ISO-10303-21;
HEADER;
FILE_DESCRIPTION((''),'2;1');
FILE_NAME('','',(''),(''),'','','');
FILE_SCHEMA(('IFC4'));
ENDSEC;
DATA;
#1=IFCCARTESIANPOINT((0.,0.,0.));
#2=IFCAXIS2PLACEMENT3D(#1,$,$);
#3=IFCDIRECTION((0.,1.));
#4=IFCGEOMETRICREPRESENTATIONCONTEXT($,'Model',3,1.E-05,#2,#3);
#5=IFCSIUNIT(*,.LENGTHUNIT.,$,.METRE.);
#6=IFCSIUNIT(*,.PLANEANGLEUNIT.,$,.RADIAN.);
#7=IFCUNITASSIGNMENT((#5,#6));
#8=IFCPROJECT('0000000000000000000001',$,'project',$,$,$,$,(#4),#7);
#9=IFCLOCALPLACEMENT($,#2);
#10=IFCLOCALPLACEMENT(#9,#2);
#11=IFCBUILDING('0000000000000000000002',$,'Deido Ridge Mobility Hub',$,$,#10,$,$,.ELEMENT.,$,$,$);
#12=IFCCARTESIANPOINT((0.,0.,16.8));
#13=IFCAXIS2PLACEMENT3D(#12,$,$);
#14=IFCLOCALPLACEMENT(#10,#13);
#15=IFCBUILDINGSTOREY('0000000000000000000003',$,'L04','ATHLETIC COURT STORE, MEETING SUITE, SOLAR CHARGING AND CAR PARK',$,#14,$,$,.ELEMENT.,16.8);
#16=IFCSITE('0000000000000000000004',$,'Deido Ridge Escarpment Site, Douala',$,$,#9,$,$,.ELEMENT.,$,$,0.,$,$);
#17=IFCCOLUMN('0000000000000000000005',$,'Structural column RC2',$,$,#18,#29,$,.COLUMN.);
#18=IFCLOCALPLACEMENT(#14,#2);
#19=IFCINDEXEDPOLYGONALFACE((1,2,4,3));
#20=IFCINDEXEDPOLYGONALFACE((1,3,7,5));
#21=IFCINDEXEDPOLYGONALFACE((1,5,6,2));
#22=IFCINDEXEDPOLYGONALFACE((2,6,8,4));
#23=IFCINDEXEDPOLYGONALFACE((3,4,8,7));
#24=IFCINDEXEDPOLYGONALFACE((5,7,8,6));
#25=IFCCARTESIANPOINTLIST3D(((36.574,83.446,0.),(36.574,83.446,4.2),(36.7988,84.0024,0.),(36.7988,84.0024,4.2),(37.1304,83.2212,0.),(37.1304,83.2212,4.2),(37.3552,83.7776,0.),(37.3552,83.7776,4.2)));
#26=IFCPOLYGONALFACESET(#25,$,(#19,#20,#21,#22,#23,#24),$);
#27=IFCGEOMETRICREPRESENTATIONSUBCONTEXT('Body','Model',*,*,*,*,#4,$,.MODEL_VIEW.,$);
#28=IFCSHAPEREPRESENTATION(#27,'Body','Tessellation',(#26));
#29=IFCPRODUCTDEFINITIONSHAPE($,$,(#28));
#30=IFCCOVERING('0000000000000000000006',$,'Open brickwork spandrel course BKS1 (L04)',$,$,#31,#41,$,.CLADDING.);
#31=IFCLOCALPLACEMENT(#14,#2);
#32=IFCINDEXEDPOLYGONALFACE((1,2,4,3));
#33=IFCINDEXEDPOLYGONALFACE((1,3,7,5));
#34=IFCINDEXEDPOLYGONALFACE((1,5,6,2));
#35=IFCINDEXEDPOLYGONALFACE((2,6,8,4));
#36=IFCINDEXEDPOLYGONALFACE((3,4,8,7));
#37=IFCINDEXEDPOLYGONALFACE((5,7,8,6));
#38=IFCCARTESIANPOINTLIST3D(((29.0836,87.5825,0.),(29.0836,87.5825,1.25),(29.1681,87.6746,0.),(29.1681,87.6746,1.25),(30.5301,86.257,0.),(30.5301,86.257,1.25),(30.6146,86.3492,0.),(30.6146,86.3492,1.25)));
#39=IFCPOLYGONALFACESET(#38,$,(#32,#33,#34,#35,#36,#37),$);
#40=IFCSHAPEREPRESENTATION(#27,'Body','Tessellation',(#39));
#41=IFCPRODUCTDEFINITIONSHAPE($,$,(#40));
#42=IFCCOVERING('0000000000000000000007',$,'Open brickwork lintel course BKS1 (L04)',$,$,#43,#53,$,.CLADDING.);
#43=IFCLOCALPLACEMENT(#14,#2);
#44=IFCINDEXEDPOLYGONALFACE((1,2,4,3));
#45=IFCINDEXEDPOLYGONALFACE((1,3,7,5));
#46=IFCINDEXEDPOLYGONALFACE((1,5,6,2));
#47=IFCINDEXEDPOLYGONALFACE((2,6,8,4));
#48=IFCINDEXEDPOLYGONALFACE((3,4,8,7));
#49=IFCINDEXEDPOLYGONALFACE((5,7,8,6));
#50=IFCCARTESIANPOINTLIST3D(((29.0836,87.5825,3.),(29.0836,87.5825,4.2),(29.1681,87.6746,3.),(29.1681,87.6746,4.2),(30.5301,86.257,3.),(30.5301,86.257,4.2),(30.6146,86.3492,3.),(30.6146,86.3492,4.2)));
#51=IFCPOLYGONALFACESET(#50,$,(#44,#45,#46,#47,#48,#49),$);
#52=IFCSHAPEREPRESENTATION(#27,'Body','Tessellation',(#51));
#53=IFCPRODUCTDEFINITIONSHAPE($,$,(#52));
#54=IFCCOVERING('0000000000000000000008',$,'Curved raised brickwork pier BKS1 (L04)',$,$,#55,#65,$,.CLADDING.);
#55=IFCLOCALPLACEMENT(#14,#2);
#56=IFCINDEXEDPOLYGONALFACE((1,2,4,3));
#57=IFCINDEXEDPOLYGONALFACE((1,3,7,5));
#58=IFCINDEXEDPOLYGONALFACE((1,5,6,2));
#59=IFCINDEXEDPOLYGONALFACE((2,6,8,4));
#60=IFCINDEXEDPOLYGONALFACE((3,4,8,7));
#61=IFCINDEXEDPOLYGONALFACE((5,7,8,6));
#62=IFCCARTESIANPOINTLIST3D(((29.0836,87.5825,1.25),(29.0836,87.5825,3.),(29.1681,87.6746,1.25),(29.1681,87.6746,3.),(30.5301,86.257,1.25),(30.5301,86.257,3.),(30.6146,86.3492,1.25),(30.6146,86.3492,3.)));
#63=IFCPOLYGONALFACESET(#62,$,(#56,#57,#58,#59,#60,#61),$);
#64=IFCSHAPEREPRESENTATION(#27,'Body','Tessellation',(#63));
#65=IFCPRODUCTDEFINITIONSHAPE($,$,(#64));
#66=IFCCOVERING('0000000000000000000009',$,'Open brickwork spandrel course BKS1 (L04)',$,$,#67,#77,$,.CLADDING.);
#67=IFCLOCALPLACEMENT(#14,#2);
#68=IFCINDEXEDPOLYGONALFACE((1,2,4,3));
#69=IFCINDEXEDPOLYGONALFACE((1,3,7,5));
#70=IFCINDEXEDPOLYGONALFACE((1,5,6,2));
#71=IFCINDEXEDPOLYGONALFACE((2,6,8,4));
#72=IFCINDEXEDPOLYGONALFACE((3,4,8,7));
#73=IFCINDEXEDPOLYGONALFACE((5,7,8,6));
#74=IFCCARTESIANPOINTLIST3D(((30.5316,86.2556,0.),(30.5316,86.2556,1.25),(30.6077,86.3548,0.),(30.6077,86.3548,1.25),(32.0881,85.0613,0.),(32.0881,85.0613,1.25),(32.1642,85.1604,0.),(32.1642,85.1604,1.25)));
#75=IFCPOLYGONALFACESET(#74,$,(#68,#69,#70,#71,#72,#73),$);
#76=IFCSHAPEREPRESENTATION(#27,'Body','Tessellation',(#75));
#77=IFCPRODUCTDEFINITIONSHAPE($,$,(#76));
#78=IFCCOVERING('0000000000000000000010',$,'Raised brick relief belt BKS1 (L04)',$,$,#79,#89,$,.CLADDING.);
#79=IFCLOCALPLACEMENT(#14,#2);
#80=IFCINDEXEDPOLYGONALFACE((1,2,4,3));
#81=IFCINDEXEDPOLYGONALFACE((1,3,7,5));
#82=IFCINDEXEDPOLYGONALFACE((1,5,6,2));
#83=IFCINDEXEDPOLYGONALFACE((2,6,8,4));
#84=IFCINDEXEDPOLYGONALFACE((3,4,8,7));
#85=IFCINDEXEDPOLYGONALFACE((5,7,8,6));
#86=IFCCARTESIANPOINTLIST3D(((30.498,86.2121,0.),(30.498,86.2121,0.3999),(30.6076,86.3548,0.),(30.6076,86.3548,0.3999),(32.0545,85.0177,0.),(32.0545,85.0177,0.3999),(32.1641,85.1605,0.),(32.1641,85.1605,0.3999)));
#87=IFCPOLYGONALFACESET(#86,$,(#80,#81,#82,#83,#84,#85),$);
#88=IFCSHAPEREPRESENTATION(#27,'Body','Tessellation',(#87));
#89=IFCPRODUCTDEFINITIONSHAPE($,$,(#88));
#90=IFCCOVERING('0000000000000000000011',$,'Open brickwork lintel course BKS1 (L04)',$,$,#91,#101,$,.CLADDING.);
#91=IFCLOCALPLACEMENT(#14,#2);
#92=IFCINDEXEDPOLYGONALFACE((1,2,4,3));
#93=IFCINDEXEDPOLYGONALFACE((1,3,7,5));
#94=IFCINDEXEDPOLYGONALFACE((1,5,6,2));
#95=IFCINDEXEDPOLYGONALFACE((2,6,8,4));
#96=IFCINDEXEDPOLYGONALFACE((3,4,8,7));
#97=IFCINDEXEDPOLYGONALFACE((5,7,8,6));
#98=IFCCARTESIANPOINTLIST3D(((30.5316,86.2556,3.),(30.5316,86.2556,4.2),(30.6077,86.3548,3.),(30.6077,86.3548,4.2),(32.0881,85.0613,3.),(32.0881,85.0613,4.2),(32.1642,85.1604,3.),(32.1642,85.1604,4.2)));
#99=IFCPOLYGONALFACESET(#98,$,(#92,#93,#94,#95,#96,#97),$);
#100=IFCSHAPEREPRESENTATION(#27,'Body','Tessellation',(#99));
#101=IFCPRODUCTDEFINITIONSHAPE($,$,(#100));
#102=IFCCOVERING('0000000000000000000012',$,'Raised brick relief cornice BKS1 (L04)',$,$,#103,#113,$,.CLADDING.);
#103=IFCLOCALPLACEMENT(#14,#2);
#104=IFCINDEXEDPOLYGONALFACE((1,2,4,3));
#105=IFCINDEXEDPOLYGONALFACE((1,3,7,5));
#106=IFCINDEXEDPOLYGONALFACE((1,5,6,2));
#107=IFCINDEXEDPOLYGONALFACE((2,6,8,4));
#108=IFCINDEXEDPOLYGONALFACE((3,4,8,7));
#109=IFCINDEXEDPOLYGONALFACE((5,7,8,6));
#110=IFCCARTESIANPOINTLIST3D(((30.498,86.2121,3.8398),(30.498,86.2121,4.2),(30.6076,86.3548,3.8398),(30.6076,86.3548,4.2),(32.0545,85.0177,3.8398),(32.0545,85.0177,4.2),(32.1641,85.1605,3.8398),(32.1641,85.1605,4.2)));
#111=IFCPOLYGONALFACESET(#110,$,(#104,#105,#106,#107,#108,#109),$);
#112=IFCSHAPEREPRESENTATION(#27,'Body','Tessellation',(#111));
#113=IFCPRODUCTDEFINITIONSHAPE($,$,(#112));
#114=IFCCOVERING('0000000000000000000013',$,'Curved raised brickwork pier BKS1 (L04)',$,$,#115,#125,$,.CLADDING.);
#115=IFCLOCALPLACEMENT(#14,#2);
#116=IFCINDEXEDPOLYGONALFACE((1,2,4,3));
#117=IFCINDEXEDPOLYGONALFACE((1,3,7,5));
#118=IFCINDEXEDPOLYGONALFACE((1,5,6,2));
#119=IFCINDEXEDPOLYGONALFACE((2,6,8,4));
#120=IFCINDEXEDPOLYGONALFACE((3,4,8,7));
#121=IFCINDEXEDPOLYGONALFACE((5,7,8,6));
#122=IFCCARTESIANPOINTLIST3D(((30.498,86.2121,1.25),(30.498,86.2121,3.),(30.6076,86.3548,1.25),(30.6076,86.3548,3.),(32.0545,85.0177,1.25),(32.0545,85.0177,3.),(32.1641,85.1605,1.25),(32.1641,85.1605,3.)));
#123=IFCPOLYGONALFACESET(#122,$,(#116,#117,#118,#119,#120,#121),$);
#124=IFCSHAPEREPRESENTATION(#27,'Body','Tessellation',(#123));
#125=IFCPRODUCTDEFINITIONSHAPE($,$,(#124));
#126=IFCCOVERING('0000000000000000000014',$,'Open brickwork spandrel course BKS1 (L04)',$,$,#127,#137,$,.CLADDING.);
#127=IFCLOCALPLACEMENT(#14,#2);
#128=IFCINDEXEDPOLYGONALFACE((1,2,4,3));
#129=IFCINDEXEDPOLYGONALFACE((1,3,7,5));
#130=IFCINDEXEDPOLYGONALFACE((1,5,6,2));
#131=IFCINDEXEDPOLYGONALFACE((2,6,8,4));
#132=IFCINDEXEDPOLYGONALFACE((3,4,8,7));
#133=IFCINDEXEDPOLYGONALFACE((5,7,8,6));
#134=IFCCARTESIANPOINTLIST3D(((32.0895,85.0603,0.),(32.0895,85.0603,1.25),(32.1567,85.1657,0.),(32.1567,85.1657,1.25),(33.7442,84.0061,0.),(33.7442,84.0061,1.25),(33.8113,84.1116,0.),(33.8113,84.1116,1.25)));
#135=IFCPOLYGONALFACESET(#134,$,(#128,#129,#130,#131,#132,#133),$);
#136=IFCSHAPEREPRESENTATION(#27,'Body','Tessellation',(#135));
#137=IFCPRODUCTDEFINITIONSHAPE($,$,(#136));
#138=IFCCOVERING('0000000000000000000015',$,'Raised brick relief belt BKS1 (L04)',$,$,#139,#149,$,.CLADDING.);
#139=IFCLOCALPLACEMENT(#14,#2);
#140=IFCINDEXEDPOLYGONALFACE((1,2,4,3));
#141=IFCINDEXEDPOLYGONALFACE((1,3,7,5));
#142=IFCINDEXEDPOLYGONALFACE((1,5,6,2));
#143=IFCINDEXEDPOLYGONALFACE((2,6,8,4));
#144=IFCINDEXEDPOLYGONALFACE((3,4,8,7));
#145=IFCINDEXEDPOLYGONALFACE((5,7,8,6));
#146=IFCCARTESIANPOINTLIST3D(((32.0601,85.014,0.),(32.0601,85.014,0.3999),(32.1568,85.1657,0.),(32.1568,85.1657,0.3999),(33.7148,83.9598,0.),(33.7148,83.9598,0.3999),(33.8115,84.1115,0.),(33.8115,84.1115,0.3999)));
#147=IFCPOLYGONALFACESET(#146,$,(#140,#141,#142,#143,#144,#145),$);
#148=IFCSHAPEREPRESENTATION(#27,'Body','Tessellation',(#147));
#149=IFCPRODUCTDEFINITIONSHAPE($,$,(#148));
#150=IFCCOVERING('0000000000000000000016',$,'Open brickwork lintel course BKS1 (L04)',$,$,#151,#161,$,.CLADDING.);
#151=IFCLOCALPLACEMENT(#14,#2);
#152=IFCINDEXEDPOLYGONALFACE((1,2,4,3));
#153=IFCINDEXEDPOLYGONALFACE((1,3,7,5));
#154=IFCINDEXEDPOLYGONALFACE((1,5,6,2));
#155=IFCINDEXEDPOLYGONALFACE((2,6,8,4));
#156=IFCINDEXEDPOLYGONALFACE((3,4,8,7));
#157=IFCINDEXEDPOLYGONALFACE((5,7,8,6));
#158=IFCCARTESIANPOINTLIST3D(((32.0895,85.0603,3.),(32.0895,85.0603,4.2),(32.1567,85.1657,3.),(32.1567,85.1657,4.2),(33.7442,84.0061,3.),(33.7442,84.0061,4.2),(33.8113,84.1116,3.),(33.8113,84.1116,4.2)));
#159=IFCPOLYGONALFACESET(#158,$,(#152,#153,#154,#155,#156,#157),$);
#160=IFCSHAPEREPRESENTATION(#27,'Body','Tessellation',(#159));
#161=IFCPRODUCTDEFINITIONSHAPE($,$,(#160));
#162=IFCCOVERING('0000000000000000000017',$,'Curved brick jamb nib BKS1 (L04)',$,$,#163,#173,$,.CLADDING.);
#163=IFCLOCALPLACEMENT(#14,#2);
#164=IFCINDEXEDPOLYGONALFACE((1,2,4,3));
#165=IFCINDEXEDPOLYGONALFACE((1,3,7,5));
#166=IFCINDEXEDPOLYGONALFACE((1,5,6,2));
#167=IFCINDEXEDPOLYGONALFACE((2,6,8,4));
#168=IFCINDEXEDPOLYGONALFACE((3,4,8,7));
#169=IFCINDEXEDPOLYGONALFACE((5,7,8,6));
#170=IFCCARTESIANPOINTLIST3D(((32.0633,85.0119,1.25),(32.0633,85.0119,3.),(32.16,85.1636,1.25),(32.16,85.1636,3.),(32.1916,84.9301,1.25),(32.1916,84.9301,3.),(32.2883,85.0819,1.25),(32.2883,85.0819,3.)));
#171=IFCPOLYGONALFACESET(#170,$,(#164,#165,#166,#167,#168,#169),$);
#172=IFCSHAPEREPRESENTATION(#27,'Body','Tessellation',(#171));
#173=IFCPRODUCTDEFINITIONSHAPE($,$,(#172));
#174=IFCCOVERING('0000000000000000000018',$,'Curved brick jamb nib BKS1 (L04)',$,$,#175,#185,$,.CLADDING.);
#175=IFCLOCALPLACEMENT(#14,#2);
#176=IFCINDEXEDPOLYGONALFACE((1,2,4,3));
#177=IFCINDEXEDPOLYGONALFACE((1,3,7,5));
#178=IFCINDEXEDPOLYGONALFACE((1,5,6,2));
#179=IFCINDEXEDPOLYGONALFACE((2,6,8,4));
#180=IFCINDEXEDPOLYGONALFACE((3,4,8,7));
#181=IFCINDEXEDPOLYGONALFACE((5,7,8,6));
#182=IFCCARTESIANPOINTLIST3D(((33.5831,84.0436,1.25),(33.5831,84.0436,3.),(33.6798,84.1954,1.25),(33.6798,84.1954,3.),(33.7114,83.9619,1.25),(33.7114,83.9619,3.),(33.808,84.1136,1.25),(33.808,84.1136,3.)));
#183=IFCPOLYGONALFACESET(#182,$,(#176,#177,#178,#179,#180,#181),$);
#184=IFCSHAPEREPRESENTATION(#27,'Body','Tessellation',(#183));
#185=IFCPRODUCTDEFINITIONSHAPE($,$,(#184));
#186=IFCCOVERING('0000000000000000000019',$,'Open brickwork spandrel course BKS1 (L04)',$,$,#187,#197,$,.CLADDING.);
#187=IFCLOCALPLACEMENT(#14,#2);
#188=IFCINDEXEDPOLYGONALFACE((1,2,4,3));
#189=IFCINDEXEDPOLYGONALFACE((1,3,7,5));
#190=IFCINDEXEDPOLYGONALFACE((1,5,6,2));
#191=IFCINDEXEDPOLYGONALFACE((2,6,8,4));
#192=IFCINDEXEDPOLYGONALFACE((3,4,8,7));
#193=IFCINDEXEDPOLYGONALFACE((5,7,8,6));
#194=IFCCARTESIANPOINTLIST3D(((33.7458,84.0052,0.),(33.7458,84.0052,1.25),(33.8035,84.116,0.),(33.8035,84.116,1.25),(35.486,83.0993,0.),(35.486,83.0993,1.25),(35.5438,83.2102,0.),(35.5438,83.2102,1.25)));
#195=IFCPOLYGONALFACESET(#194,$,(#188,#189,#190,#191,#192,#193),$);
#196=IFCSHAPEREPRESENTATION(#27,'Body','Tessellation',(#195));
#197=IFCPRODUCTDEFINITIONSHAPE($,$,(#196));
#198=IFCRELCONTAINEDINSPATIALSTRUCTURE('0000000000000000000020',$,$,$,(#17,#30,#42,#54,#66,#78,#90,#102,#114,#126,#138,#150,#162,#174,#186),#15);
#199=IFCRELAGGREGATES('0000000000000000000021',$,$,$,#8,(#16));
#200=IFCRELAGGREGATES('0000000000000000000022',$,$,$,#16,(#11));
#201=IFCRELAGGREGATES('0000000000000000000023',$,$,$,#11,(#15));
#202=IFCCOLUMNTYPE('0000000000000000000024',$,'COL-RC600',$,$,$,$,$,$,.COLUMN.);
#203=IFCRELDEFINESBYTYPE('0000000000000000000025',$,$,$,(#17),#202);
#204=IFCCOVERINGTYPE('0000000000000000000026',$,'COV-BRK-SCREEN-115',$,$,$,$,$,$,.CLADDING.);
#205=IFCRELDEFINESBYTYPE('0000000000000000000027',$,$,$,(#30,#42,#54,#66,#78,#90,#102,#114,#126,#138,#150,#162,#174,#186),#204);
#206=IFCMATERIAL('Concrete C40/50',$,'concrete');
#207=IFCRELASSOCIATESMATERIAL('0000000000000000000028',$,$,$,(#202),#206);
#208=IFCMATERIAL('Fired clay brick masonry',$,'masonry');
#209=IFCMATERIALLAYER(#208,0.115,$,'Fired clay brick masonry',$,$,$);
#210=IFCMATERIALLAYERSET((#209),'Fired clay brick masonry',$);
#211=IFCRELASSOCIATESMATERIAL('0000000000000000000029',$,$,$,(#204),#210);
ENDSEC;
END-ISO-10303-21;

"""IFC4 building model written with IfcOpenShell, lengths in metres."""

from ifc_helpers import new_model, si_unit, direction, frame, origin, origin_2d, place, context, subcontext, project, spatial, rectangle, extrude, material, layer, layer_set, material_profile, profile_set, type_object, element, save


model = new_model("IFC4")

# Units and contexts
model_context = context("Model", 3, precision=1e-05, world=origin(), true_north=direction((0.0, 1.0)))
body_context = subcontext(model_context, "Body", "Model", "MODEL_VIEW")
ifc_project = project(units=[si_unit("LENGTHUNIT", "METRE"), si_unit("PLANEANGLEUNIT", "RADIAN")], contexts=[model_context])

# Site, building, storey
site_placement = place(None, origin())
site = spatial("IfcSite", under=ifc_project, at=site_placement, Name="Deido Ridge Escarpment Site, Douala", CompositionType="ELEMENT", RefElevation=0.0)
building_placement = place(site_placement, origin())
building = spatial("IfcBuilding", under=site, at=building_placement, Name="Deido Ridge Mobility Hub", CompositionType="ELEMENT")
storey_placement = place(building_placement, frame((0.0, 0.0, 16.8)))
storey = spatial("IfcBuildingStorey", under=building, at=storey_placement, Name="L04", Description="ATHLETIC COURT STORE, MEETING SUITE, SOLAR CHARGING AND CAR PARK", CompositionType="ELEMENT", Elevation=16.8)

# Column
ifc_material_1 = material(Name="Concrete C40/50", Category="concrete")
ifc_material_profile = material_profile(ifc_material_1, rectangle(XDim=0.6001, YDim=0.6001, at=origin_2d()), Name="RC COL 600x600")
ifc_profile_set = profile_set([ifc_material_profile], Name="Concrete C40/50")
column_type = type_object("IfcColumnType", Name="COL-RC600", PredefinedType="COLUMN", material=ifc_profile_set)
column_placement = place(storey_placement, frame((36.9646, 83.6118, 0.0), z_axis=(0.0, 0.0, 1.0), x_axis=(-0.374607, -0.927184, 0.0)))
element("IfcColumn", 1, at=column_placement, inside=storey, type_object=column_type, Name="Structural column RC2", PredefinedType="COLUMN", context=body_context, shape_type="SweptSolid", body=[
    extrude(rectangle(XDim=0.6001, YDim=0.6001, at=origin_2d()), origin(), (0.0, 0.0, 1.0), 4.2),
])

# Coverings
ifc_material_2 = material(Name="Fired clay brick masonry", Category="masonry")
ifc_layer = layer(ifc_material_2, 0.115, Name="Fired clay brick masonry")
ifc_layer_set = layer_set([ifc_layer], Name="Fired clay brick masonry")
covering_type = type_object("IfcCoveringType", Name="COV-BRK-SCREEN-115", PredefinedType="CLADDING", material=ifc_layer_set)
covering_1_placement = place(storey_placement, frame((29.8491, 86.9658, 0.0), z_axis=(0.0, 0.0, 1.0), x_axis=(0.737289, -0.675577, 0.0)))
element("IfcCovering", 2, at=covering_1_placement, inside=storey, type_object=covering_type, Name="Open brickwork spandrel course BKS1 (L04)", PredefinedType="CLADDING", context=body_context, shape_type="SweptSolid", body=[
    extrude(rectangle(XDim=1.9619, YDim=0.125, at=origin_2d()), origin(), (0.0, 0.0, 1.0), 1.25),
])
covering_2_placement = place(storey_placement, frame((29.8491, 86.9658, 3.0), z_axis=(0.0, 0.0, 1.0), x_axis=(0.737289, -0.675577, 0.0)))
element("IfcCovering", 3, at=covering_2_placement, inside=storey, type_object=covering_type, Name="Open brickwork lintel course BKS1 (L04)", PredefinedType="CLADDING", context=body_context, shape_type="SweptSolid", body=[
    extrude(rectangle(XDim=1.9619, YDim=0.125, at=origin_2d()), origin(), (0.0, 0.0, 1.0), 1.2),
])
covering_3_placement = place(storey_placement, frame((29.8491, 86.9658, 1.25), z_axis=(0.0, 0.0, 1.0), x_axis=(0.737289, -0.675577, 0.0)))
element("IfcCovering", 4, at=covering_3_placement, inside=storey, type_object=covering_type, Name="Curved raised brickwork pier BKS1 (L04)", PredefinedType="CLADDING", context=body_context, shape_type="SweptSolid", body=[
    extrude(rectangle(XDim=1.9619, YDim=0.125, at=origin_2d()), origin(), (0.0, 0.0, 1.0), 1.75),
])
covering_4_placement = place(storey_placement, frame((31.3479, 85.708, 0.0), z_axis=(0.0, 0.0, 1.0), x_axis=(0.793353, -0.608761, 0.0)))
element("IfcCovering", 5, at=covering_4_placement, inside=storey, type_object=covering_type, Name="Open brickwork spandrel course BKS1 (L04)", PredefinedType="CLADDING", context=body_context, shape_type="SweptSolid", body=[
    extrude(rectangle(XDim=1.9619, YDim=0.125, at=origin_2d()), origin(), (0.0, 0.0, 1.0), 1.25),
])
covering_5_placement = place(storey_placement, frame((31.3311, 85.6863, 0.0), z_axis=(0.0, 0.0, 1.0), x_axis=(0.793353, -0.608761, 0.0)))
element("IfcCovering", 6, at=covering_5_placement, inside=storey, type_object=covering_type, Name="Raised brick relief belt BKS1 (L04)", PredefinedType="CLADDING", context=body_context, shape_type="SweptSolid", body=[
    extrude(rectangle(XDim=1.9619, YDim=0.1799, at=origin_2d()), origin(), (0.0, 0.0, 1.0), 0.3999),
])
covering_6_placement = place(storey_placement, frame((31.3479, 85.708, 3.0), z_axis=(0.0, 0.0, 1.0), x_axis=(0.793353, -0.608761, 0.0)))
element("IfcCovering", 7, at=covering_6_placement, inside=storey, type_object=covering_type, Name="Open brickwork lintel course BKS1 (L04)", PredefinedType="CLADDING", context=body_context, shape_type="SweptSolid", body=[
    extrude(rectangle(XDim=1.9619, YDim=0.125, at=origin_2d()), origin(), (0.0, 0.0, 1.0), 1.2),
])
covering_7_placement = place(storey_placement, frame((31.3311, 85.6863, 3.8398), z_axis=(0.0, 0.0, 1.0), x_axis=(0.793353, -0.608761, 0.0)))
element("IfcCovering", 8, at=covering_7_placement, inside=storey, type_object=covering_type, Name="Raised brick relief cornice BKS1 (L04)", PredefinedType="CLADDING", context=body_context, shape_type="SweptSolid", body=[
    extrude(rectangle(XDim=1.9619, YDim=0.1799, at=origin_2d()), origin(), (0.0, 0.0, 1.0), 0.3601),
])
covering_8_placement = place(storey_placement, frame((31.3311, 85.6863, 1.25), z_axis=(0.0, 0.0, 1.0), x_axis=(0.793353, -0.608761, 0.0)))
element("IfcCovering", 9, at=covering_8_placement, inside=storey, type_object=covering_type, Name="Curved raised brickwork pier BKS1 (L04)", PredefinedType="CLADDING", context=body_context, shape_type="SweptSolid", body=[
    extrude(rectangle(XDim=1.9619, YDim=0.1799, at=origin_2d()), origin(), (0.0, 0.0, 1.0), 1.75),
])
covering_9_placement = place(storey_placement, frame((32.9504, 84.5859, 0.0), z_axis=(0.0, 0.0, 1.0), x_axis=(0.843382, -0.537314, 0.0)))
element("IfcCovering", 10, at=covering_9_placement, inside=storey, type_object=covering_type, Name="Open brickwork spandrel course BKS1 (L04)", PredefinedType="CLADDING", context=body_context, shape_type="SweptSolid", body=[
    extrude(rectangle(XDim=1.9619, YDim=0.125, at=origin_2d()), origin(), (0.0, 0.0, 1.0), 1.25),
])
covering_10_placement = place(storey_placement, frame((32.9358, 84.5627, 0.0), z_axis=(0.0, 0.0, 1.0), x_axis=(0.843382, -0.537314, 0.0)))
element("IfcCovering", 11, at=covering_10_placement, inside=storey, type_object=covering_type, Name="Raised brick relief belt BKS1 (L04)", PredefinedType="CLADDING", context=body_context, shape_type="SweptSolid", body=[
    extrude(rectangle(XDim=1.9619, YDim=0.1799, at=origin_2d()), origin(), (0.0, 0.0, 1.0), 0.3999),
])
covering_11_placement = place(storey_placement, frame((32.9504, 84.5859, 3.0), z_axis=(0.0, 0.0, 1.0), x_axis=(0.843382, -0.537314, 0.0)))
element("IfcCovering", 12, at=covering_11_placement, inside=storey, type_object=covering_type, Name="Open brickwork lintel course BKS1 (L04)", PredefinedType="CLADDING", context=body_context, shape_type="SweptSolid", body=[
    extrude(rectangle(XDim=1.9619, YDim=0.125, at=origin_2d()), origin(), (0.0, 0.0, 1.0), 1.2),
])
for number, where, z_axis, x_axis, name in (
    (13, (32.1758, 85.0469, 1.25), (0.0, 0.0, 1.0), (0.843382, -0.537314, 0.0), "Curved brick jamb nib BKS1 (L04)"),
    (14, (33.6956, 84.0786, 1.25), (0.0, 0.0, 1.0), (0.843382, -0.537314, 0.0), "Curved brick jamb nib BKS1 (L04)"),
):
    element("IfcCovering", number, at=place(storey_placement, frame(where, z_axis=z_axis, x_axis=x_axis)), inside=storey, type_object=covering_type, Name=name, PredefinedType="CLADDING", context=body_context, shape_type="SweptSolid", body=[
        extrude(rectangle(XDim=0.1521, YDim=0.1799, at=origin_2d()), origin(), (0.0, 0.0, 1.0), 1.75),
    ])
covering_12_placement = place(storey_placement, frame((34.6448, 83.6077, 0.0), z_axis=(0.0, 0.0, 1.0), x_axis=(0.887019, -0.461733, 0.0)))
element("IfcCovering", 15, at=covering_12_placement, inside=storey, type_object=covering_type, Name="Open brickwork spandrel course BKS1 (L04)", PredefinedType="CLADDING", context=body_context, shape_type="SweptSolid", body=[
    extrude(rectangle(XDim=1.9619, YDim=0.125, at=origin_2d()), origin(), (0.0, 0.0, 1.0), 1.25),
])

save(model, "model.ifc")
